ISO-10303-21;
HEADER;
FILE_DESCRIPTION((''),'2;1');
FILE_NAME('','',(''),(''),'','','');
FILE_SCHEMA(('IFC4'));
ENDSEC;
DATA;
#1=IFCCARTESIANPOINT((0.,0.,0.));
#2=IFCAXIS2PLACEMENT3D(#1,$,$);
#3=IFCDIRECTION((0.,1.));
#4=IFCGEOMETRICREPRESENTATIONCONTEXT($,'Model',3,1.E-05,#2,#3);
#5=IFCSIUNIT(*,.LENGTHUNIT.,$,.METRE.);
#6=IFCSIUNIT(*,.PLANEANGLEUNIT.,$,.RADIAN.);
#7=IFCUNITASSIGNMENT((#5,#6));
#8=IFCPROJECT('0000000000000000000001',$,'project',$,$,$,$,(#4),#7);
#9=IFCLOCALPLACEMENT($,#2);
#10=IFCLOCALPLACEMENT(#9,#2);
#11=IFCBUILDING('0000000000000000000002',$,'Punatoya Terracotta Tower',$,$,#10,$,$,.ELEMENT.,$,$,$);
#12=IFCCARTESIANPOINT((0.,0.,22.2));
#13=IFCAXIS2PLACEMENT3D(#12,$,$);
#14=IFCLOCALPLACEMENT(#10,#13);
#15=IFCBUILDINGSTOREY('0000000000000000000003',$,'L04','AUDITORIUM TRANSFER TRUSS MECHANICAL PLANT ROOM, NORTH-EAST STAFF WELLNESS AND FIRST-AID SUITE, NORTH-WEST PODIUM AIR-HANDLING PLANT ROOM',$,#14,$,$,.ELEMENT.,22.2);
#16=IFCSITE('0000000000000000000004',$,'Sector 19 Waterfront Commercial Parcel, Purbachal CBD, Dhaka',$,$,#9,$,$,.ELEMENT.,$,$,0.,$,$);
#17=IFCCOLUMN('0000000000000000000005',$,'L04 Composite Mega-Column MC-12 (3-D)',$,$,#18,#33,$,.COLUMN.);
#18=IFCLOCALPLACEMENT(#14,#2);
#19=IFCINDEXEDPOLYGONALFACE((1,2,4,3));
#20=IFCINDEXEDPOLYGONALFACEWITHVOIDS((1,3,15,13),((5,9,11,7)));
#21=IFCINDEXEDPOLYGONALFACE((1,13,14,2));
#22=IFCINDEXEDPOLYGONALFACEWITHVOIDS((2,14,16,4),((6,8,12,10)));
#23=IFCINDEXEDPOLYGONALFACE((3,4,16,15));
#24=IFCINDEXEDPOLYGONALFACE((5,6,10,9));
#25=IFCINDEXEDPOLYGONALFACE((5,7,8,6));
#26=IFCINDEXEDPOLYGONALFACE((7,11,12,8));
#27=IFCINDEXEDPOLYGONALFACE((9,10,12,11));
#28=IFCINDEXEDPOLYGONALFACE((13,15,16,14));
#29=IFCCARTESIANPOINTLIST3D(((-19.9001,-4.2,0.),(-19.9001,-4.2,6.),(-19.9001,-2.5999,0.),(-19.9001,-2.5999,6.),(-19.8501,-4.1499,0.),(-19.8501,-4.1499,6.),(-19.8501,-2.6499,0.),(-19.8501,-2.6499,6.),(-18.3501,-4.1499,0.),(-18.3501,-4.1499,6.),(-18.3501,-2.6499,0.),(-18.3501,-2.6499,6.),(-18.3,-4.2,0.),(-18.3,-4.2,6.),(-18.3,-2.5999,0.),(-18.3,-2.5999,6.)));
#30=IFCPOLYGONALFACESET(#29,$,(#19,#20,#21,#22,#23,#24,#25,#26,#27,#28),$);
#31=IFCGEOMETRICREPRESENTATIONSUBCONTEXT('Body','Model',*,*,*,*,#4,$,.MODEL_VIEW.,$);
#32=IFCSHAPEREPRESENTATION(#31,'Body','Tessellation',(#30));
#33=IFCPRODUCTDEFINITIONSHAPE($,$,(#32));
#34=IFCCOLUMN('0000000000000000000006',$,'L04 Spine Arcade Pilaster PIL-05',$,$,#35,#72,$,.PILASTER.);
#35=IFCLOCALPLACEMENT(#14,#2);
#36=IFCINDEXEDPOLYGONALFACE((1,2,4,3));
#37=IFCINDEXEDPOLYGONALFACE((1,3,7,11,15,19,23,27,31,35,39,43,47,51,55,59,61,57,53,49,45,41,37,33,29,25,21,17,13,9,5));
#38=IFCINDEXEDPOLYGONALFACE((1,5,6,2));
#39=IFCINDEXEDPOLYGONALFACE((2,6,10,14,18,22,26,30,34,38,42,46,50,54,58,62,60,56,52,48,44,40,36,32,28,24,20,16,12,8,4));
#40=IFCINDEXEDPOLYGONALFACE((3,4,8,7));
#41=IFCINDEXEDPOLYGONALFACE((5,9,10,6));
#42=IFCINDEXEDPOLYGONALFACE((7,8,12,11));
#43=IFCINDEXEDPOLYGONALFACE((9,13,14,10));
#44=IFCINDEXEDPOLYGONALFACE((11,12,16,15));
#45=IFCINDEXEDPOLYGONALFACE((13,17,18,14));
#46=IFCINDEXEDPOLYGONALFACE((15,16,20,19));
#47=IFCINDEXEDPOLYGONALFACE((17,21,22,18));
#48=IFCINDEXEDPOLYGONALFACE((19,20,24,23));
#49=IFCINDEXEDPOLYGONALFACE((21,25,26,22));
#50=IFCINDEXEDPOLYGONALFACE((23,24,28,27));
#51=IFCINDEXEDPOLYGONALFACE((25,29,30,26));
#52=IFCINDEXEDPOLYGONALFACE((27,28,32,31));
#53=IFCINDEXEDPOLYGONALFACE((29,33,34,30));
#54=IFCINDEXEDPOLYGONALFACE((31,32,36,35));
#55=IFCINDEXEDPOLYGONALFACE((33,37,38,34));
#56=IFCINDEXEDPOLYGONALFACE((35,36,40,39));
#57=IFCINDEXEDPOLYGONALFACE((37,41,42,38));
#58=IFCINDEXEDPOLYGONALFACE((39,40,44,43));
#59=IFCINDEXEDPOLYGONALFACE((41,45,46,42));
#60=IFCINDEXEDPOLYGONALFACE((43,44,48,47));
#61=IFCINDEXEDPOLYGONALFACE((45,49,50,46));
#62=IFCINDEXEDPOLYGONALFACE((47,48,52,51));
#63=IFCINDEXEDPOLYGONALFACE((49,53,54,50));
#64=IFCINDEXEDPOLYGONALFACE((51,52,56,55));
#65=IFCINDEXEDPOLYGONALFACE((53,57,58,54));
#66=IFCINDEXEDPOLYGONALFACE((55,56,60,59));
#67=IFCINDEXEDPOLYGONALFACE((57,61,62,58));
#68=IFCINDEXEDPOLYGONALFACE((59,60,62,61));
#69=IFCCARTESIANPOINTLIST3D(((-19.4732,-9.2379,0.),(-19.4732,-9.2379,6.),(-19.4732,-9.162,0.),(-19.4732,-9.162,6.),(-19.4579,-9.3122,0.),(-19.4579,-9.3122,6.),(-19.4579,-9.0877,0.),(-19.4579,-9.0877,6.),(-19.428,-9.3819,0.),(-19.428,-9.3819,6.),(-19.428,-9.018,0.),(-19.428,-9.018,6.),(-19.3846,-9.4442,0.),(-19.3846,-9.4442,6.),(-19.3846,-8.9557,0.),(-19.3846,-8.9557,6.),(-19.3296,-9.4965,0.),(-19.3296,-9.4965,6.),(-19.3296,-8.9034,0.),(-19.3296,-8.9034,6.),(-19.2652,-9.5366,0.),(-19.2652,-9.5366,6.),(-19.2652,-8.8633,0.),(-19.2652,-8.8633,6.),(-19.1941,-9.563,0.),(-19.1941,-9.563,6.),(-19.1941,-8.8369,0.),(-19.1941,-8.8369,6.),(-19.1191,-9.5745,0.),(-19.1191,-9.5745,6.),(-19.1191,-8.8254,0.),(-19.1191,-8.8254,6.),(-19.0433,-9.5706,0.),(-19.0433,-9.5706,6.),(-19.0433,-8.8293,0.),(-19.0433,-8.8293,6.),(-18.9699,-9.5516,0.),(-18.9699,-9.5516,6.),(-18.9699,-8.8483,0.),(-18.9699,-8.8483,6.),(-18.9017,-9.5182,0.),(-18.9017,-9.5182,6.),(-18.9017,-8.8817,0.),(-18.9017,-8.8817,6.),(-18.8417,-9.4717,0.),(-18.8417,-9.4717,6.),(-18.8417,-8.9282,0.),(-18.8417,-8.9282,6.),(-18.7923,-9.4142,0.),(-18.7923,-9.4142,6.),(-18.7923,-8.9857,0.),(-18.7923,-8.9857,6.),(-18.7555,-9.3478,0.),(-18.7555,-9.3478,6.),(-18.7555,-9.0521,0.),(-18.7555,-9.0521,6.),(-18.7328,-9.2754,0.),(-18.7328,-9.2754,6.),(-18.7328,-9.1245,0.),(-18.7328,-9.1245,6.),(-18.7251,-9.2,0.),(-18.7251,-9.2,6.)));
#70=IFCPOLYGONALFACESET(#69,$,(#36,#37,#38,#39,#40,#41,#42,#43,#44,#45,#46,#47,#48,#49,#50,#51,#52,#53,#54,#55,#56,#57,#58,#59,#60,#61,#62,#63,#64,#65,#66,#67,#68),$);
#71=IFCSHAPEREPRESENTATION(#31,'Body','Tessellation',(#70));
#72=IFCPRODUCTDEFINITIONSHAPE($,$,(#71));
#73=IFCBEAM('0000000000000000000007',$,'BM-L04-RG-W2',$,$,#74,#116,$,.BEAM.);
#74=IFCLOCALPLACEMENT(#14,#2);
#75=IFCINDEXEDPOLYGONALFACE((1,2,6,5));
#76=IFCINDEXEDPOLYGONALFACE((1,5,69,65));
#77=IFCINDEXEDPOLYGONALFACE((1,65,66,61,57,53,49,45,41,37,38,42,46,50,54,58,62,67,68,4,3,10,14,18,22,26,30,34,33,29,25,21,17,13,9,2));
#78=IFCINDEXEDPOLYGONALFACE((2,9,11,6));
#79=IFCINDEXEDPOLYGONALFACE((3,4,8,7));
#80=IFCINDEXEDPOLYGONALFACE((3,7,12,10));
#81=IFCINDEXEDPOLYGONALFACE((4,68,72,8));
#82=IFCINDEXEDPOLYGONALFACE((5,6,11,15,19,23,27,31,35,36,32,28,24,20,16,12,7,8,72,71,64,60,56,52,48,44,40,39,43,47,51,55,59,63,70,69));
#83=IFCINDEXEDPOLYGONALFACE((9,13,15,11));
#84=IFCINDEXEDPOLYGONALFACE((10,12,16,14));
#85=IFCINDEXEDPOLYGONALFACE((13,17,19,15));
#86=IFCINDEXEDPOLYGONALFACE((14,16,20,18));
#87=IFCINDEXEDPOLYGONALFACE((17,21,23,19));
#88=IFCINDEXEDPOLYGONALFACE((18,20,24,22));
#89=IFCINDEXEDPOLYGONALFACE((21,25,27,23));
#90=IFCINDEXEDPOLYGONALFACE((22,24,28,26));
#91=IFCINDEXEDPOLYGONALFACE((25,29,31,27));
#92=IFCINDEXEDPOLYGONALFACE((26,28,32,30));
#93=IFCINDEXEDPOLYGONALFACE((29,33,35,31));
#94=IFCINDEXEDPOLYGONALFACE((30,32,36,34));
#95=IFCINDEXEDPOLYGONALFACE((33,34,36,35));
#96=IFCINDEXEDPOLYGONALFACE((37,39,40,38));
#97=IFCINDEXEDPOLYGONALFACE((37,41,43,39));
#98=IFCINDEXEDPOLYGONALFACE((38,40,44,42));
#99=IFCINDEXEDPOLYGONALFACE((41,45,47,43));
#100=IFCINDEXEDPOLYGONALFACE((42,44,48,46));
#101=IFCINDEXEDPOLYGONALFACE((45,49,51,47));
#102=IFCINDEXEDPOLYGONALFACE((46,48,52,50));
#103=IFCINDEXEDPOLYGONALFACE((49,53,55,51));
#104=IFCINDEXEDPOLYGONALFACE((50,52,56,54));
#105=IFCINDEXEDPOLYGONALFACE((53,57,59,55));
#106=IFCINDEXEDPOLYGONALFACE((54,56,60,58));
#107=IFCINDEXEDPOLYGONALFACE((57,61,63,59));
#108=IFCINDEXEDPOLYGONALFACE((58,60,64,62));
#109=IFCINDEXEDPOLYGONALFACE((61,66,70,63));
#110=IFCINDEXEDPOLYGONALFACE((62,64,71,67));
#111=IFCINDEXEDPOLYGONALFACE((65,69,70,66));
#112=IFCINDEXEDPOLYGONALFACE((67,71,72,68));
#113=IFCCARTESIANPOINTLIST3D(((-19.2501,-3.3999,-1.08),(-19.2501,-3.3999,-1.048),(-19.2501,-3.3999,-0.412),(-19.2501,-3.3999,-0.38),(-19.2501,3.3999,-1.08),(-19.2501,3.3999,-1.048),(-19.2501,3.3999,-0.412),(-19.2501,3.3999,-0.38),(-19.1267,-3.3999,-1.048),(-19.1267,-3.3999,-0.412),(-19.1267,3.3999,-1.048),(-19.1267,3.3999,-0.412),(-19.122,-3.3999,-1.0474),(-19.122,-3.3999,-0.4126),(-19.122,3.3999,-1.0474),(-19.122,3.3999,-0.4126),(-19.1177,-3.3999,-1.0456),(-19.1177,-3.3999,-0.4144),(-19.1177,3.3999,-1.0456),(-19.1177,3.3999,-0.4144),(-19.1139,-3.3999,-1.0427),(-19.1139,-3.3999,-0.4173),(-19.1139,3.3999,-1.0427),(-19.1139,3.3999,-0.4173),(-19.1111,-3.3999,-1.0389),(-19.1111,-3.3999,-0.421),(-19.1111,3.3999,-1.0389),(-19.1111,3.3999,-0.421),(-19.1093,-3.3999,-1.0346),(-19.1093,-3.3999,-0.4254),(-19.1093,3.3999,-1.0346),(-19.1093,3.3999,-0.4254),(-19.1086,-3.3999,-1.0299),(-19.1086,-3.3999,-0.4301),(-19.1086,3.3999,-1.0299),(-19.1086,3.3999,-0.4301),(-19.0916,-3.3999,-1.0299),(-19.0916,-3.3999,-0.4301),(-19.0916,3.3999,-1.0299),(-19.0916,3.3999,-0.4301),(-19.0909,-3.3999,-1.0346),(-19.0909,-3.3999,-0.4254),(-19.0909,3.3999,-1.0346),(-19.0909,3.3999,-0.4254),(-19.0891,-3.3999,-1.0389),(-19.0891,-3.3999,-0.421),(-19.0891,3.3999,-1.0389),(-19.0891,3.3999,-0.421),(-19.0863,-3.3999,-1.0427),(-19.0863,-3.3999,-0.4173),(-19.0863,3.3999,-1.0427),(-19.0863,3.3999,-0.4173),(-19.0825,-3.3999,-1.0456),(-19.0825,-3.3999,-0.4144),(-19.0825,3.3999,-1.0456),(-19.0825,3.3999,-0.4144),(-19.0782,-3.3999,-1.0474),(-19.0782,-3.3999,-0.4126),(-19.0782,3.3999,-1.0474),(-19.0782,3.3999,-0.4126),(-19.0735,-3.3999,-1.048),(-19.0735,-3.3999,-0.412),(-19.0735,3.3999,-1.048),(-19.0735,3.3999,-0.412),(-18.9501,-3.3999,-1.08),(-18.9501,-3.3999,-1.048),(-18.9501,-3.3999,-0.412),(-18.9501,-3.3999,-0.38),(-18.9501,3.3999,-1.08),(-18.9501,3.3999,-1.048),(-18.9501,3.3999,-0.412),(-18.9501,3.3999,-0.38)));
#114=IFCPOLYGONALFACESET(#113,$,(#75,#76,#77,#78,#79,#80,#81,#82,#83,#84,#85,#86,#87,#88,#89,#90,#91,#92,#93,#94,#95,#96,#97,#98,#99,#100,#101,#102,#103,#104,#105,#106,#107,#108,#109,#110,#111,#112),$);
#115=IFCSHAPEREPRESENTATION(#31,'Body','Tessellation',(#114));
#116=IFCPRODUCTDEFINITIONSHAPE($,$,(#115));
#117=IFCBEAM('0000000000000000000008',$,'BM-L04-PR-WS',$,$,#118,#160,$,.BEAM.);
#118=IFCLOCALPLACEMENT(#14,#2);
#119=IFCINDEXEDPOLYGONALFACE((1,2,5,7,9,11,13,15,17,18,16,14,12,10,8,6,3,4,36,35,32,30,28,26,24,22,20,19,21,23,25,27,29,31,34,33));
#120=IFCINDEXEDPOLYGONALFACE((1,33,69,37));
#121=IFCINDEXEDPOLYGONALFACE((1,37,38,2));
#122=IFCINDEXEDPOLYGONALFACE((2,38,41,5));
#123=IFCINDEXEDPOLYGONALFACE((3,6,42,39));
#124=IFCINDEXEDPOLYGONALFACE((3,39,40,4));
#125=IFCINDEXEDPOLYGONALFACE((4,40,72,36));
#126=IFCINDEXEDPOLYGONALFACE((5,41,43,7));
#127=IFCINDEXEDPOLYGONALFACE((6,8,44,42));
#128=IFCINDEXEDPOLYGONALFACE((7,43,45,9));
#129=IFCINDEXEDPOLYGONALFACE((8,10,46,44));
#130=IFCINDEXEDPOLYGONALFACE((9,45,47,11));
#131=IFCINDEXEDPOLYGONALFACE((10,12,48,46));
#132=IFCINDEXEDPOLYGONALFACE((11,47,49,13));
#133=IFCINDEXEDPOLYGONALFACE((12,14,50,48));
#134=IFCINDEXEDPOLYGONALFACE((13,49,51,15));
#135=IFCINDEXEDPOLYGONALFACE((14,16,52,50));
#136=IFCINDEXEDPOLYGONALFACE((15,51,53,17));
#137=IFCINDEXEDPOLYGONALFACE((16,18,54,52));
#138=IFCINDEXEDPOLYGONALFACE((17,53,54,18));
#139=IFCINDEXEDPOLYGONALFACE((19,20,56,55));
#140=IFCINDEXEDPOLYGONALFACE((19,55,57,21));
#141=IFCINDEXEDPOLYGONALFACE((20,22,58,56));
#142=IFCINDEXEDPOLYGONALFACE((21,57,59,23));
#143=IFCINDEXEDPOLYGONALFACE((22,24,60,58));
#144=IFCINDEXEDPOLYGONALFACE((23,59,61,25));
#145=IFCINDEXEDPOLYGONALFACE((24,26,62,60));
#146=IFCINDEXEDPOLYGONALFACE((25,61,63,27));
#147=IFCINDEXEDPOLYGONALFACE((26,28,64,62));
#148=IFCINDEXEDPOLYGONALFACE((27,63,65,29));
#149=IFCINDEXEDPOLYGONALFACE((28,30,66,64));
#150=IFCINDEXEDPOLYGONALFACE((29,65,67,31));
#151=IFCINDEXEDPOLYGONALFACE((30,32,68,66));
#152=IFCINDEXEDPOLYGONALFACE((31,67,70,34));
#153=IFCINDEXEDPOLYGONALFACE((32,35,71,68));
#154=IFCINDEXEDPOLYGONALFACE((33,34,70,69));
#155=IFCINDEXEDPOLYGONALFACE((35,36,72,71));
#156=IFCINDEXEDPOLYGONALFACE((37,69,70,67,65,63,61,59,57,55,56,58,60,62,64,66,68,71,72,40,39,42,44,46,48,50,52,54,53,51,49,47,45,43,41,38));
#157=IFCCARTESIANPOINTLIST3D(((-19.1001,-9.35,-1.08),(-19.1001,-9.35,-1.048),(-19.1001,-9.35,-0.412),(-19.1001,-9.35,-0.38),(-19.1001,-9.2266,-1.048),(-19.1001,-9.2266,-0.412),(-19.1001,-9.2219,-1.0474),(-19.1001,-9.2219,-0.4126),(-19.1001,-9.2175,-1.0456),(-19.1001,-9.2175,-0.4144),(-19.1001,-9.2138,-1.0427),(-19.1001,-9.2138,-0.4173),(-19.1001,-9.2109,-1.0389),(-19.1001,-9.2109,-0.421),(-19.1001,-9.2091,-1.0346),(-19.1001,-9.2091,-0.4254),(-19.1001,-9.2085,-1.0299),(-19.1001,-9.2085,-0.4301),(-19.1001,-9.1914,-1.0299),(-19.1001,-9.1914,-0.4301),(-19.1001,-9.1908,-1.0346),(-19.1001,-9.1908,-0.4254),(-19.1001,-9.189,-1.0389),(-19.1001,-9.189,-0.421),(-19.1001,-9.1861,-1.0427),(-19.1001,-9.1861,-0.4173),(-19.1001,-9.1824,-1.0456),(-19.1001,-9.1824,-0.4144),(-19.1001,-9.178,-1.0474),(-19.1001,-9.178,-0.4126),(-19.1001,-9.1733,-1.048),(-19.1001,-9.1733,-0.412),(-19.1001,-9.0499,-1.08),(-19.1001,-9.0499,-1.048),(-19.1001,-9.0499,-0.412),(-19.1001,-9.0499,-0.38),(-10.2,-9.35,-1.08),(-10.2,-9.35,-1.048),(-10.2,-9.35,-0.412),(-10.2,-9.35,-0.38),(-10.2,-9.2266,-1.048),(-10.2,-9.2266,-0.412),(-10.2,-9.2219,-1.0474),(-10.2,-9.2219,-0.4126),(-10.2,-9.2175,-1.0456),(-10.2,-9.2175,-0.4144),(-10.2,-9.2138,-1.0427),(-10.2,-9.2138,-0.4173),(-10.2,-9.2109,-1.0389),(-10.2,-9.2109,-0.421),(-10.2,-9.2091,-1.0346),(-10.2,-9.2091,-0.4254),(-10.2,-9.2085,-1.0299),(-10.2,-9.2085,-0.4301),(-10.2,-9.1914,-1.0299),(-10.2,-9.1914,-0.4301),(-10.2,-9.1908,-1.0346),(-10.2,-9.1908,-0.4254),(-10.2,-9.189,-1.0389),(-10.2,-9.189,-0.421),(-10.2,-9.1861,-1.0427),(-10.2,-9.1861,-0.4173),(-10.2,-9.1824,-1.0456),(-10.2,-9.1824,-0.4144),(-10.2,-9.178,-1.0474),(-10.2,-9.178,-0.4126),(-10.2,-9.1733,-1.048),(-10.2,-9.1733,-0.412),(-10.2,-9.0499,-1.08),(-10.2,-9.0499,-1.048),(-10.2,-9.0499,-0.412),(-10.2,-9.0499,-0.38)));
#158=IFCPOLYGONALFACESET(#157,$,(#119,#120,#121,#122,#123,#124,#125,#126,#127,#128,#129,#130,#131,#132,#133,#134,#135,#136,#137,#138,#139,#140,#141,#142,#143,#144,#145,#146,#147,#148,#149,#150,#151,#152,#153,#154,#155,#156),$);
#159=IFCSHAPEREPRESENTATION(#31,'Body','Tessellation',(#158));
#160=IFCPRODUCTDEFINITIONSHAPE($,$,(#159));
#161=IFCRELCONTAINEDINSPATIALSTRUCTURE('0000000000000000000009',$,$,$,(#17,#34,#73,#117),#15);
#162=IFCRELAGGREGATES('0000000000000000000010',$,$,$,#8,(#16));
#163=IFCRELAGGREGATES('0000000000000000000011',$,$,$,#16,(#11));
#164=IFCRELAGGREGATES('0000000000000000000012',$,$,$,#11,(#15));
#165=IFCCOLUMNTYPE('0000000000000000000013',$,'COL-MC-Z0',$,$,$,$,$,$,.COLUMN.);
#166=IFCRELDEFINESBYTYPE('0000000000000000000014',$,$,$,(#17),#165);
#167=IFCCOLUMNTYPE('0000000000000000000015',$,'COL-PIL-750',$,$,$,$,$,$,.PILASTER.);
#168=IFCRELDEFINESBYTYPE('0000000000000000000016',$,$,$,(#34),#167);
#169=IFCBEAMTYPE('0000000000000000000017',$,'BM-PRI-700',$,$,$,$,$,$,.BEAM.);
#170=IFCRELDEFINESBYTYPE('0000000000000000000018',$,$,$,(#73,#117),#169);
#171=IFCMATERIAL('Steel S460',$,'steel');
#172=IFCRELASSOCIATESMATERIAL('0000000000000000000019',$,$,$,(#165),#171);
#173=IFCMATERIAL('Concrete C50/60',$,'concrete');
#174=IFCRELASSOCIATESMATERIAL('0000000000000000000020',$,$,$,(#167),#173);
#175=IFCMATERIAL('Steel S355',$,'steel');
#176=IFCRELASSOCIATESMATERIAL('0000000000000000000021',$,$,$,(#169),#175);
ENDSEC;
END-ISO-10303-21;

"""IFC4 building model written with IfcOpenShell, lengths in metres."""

from ifc_helpers import new_model, si_unit, direction, frame, origin, origin_2d, place, context, subcontext, project, spatial, hollow_rectangle, circle, i_section, extrude, material, material_profile, profile_set, type_object, element, save


model = new_model("IFC4")

# Units and contexts
model_context = context("Model", 3, precision=1e-05, world=origin(), true_north=direction((0.0, 1.0)))
body_context = subcontext(model_context, "Body", "Model", "MODEL_VIEW")
ifc_project = project(units=[si_unit("LENGTHUNIT", "METRE"), si_unit("PLANEANGLEUNIT", "RADIAN")], contexts=[model_context])

# Site, building, storey
site_placement = place(None, origin())
site = spatial("IfcSite", under=ifc_project, at=site_placement, Name="Sector 19 Waterfront Commercial Parcel, Purbachal CBD, Dhaka", CompositionType="ELEMENT", RefElevation=0.0)
building_placement = place(site_placement, origin())
building = spatial("IfcBuilding", under=site, at=building_placement, Name="Punatoya Terracotta Tower", CompositionType="ELEMENT")
storey_placement = place(building_placement, frame((0.0, 0.0, 22.2)))
storey = spatial("IfcBuildingStorey", under=building, at=storey_placement, Name="L04", Description="AUDITORIUM TRANSFER TRUSS MECHANICAL PLANT ROOM, NORTH-EAST STAFF WELLNESS AND FIRST-AID SUITE, NORTH-WEST PODIUM AIR-HANDLING PLANT ROOM", CompositionType="ELEMENT", Elevation=22.2)

# Columns
ifc_material_1 = material(Name="Steel S460", Category="steel")
ifc_material_profile_1 = material_profile(ifc_material_1, hollow_rectangle(XDim=1.6001, YDim=1.6001, WallThickness=0.05, at=origin_2d()))
ifc_profile_set_1 = profile_set([ifc_material_profile_1], Name="Steel S460")
column_type_1 = type_object("IfcColumnType", Name="COL-MC-Z0", PredefinedType="COLUMN", material=ifc_profile_set_1)
column_1_placement = place(storey_placement, frame((-19.1001, -3.3999, 0.0), z_axis=(0.0, 0.0, 1.0), x_axis=(1.0, 0.0, 0.0)))
element("IfcColumn", 1, at=column_1_placement, inside=storey, type_object=column_type_1, Name="L04 Composite Mega-Column MC-12 (3-D)", PredefinedType="COLUMN", context=body_context, shape_type="SweptSolid", body=[
    extrude(hollow_rectangle(XDim=1.6001, YDim=1.6001, WallThickness=0.05, at=origin_2d()), origin(), (0.0, 0.0, 1.0), 6.0),
])
ifc_material_2 = material(Name="Concrete C50/60", Category="concrete")
ifc_material_profile_2 = material_profile(ifc_material_2, circle(Radius=0.375, at=origin_2d()))
ifc_profile_set_2 = profile_set([ifc_material_profile_2], Name="Concrete C50/60")
column_type_2 = type_object("IfcColumnType", Name="COL-PIL-750", PredefinedType="PILASTER", material=ifc_profile_set_2)
column_2_placement = place(storey_placement, frame((-19.1001, -9.2, 0.0), z_axis=(0.0, 0.0, 1.0), x_axis=(1.0, 0.0, 0.0)))
element("IfcColumn", 2, at=column_2_placement, inside=storey, type_object=column_type_2, Name="L04 Spine Arcade Pilaster PIL-05", PredefinedType="PILASTER", context=body_context, shape_type="SweptSolid", body=[
    extrude(circle(Radius=0.375, at=origin_2d()), origin(), (0.0, 0.0, 1.0), 6.0),
])

# Beams
ifc_material_3 = material(Name="Steel S355", Category="steel")
ifc_material_profile_3 = material_profile(ifc_material_3, i_section(OverallWidth=0.3, OverallDepth=0.7, WebThickness=0.0171, FlangeThickness=0.032, FilletRadius=0.0181, at=origin_2d()))
ifc_profile_set_3 = profile_set([ifc_material_profile_3], Name="Steel S355")
beam_type_1 = type_object("IfcBeamType", Name="BM-PRI-700", PredefinedType="BEAM", material=ifc_profile_set_3)
beam_1_placement = place(storey_placement, frame((-19.1001, -3.3999, -0.73), z_axis=(0.0, 1.0, 0.0), x_axis=(-1.0, 0.0, 0.0)))
element("IfcBeam", 3, at=beam_1_placement, inside=storey, type_object=beam_type_1, Name="BM-L04-RG-W2", PredefinedType="BEAM", context=body_context, shape_type="SweptSolid", body=[
    extrude(i_section(OverallWidth=0.3, OverallDepth=0.7, WebThickness=0.0171, FlangeThickness=0.032, FilletRadius=0.0181, at=origin_2d()), origin(), (0.0, 0.0, 1.0), 6.7998),
])
for number, where, z_axis, x_axis, name in (
    (4, (-19.1001, -9.2, -0.73), (1.0, 0.0, 0.0), (0.0, 1.0, 0.0), "BM-L04-PR-WS"),
):
    element("IfcBeam", number, at=place(storey_placement, frame(where, z_axis=z_axis, x_axis=x_axis)), inside=storey, type_object=beam_type_1, Name=name, PredefinedType="BEAM", context=body_context, shape_type="SweptSolid", body=[
        extrude(i_section(OverallWidth=0.3, OverallDepth=0.7, WebThickness=0.0171, FlangeThickness=0.032, FilletRadius=0.0181, at=origin_2d()), origin(), (0.0, 0.0, 1.0), 8.9001),
    ])

save(model, "model.ifc")
